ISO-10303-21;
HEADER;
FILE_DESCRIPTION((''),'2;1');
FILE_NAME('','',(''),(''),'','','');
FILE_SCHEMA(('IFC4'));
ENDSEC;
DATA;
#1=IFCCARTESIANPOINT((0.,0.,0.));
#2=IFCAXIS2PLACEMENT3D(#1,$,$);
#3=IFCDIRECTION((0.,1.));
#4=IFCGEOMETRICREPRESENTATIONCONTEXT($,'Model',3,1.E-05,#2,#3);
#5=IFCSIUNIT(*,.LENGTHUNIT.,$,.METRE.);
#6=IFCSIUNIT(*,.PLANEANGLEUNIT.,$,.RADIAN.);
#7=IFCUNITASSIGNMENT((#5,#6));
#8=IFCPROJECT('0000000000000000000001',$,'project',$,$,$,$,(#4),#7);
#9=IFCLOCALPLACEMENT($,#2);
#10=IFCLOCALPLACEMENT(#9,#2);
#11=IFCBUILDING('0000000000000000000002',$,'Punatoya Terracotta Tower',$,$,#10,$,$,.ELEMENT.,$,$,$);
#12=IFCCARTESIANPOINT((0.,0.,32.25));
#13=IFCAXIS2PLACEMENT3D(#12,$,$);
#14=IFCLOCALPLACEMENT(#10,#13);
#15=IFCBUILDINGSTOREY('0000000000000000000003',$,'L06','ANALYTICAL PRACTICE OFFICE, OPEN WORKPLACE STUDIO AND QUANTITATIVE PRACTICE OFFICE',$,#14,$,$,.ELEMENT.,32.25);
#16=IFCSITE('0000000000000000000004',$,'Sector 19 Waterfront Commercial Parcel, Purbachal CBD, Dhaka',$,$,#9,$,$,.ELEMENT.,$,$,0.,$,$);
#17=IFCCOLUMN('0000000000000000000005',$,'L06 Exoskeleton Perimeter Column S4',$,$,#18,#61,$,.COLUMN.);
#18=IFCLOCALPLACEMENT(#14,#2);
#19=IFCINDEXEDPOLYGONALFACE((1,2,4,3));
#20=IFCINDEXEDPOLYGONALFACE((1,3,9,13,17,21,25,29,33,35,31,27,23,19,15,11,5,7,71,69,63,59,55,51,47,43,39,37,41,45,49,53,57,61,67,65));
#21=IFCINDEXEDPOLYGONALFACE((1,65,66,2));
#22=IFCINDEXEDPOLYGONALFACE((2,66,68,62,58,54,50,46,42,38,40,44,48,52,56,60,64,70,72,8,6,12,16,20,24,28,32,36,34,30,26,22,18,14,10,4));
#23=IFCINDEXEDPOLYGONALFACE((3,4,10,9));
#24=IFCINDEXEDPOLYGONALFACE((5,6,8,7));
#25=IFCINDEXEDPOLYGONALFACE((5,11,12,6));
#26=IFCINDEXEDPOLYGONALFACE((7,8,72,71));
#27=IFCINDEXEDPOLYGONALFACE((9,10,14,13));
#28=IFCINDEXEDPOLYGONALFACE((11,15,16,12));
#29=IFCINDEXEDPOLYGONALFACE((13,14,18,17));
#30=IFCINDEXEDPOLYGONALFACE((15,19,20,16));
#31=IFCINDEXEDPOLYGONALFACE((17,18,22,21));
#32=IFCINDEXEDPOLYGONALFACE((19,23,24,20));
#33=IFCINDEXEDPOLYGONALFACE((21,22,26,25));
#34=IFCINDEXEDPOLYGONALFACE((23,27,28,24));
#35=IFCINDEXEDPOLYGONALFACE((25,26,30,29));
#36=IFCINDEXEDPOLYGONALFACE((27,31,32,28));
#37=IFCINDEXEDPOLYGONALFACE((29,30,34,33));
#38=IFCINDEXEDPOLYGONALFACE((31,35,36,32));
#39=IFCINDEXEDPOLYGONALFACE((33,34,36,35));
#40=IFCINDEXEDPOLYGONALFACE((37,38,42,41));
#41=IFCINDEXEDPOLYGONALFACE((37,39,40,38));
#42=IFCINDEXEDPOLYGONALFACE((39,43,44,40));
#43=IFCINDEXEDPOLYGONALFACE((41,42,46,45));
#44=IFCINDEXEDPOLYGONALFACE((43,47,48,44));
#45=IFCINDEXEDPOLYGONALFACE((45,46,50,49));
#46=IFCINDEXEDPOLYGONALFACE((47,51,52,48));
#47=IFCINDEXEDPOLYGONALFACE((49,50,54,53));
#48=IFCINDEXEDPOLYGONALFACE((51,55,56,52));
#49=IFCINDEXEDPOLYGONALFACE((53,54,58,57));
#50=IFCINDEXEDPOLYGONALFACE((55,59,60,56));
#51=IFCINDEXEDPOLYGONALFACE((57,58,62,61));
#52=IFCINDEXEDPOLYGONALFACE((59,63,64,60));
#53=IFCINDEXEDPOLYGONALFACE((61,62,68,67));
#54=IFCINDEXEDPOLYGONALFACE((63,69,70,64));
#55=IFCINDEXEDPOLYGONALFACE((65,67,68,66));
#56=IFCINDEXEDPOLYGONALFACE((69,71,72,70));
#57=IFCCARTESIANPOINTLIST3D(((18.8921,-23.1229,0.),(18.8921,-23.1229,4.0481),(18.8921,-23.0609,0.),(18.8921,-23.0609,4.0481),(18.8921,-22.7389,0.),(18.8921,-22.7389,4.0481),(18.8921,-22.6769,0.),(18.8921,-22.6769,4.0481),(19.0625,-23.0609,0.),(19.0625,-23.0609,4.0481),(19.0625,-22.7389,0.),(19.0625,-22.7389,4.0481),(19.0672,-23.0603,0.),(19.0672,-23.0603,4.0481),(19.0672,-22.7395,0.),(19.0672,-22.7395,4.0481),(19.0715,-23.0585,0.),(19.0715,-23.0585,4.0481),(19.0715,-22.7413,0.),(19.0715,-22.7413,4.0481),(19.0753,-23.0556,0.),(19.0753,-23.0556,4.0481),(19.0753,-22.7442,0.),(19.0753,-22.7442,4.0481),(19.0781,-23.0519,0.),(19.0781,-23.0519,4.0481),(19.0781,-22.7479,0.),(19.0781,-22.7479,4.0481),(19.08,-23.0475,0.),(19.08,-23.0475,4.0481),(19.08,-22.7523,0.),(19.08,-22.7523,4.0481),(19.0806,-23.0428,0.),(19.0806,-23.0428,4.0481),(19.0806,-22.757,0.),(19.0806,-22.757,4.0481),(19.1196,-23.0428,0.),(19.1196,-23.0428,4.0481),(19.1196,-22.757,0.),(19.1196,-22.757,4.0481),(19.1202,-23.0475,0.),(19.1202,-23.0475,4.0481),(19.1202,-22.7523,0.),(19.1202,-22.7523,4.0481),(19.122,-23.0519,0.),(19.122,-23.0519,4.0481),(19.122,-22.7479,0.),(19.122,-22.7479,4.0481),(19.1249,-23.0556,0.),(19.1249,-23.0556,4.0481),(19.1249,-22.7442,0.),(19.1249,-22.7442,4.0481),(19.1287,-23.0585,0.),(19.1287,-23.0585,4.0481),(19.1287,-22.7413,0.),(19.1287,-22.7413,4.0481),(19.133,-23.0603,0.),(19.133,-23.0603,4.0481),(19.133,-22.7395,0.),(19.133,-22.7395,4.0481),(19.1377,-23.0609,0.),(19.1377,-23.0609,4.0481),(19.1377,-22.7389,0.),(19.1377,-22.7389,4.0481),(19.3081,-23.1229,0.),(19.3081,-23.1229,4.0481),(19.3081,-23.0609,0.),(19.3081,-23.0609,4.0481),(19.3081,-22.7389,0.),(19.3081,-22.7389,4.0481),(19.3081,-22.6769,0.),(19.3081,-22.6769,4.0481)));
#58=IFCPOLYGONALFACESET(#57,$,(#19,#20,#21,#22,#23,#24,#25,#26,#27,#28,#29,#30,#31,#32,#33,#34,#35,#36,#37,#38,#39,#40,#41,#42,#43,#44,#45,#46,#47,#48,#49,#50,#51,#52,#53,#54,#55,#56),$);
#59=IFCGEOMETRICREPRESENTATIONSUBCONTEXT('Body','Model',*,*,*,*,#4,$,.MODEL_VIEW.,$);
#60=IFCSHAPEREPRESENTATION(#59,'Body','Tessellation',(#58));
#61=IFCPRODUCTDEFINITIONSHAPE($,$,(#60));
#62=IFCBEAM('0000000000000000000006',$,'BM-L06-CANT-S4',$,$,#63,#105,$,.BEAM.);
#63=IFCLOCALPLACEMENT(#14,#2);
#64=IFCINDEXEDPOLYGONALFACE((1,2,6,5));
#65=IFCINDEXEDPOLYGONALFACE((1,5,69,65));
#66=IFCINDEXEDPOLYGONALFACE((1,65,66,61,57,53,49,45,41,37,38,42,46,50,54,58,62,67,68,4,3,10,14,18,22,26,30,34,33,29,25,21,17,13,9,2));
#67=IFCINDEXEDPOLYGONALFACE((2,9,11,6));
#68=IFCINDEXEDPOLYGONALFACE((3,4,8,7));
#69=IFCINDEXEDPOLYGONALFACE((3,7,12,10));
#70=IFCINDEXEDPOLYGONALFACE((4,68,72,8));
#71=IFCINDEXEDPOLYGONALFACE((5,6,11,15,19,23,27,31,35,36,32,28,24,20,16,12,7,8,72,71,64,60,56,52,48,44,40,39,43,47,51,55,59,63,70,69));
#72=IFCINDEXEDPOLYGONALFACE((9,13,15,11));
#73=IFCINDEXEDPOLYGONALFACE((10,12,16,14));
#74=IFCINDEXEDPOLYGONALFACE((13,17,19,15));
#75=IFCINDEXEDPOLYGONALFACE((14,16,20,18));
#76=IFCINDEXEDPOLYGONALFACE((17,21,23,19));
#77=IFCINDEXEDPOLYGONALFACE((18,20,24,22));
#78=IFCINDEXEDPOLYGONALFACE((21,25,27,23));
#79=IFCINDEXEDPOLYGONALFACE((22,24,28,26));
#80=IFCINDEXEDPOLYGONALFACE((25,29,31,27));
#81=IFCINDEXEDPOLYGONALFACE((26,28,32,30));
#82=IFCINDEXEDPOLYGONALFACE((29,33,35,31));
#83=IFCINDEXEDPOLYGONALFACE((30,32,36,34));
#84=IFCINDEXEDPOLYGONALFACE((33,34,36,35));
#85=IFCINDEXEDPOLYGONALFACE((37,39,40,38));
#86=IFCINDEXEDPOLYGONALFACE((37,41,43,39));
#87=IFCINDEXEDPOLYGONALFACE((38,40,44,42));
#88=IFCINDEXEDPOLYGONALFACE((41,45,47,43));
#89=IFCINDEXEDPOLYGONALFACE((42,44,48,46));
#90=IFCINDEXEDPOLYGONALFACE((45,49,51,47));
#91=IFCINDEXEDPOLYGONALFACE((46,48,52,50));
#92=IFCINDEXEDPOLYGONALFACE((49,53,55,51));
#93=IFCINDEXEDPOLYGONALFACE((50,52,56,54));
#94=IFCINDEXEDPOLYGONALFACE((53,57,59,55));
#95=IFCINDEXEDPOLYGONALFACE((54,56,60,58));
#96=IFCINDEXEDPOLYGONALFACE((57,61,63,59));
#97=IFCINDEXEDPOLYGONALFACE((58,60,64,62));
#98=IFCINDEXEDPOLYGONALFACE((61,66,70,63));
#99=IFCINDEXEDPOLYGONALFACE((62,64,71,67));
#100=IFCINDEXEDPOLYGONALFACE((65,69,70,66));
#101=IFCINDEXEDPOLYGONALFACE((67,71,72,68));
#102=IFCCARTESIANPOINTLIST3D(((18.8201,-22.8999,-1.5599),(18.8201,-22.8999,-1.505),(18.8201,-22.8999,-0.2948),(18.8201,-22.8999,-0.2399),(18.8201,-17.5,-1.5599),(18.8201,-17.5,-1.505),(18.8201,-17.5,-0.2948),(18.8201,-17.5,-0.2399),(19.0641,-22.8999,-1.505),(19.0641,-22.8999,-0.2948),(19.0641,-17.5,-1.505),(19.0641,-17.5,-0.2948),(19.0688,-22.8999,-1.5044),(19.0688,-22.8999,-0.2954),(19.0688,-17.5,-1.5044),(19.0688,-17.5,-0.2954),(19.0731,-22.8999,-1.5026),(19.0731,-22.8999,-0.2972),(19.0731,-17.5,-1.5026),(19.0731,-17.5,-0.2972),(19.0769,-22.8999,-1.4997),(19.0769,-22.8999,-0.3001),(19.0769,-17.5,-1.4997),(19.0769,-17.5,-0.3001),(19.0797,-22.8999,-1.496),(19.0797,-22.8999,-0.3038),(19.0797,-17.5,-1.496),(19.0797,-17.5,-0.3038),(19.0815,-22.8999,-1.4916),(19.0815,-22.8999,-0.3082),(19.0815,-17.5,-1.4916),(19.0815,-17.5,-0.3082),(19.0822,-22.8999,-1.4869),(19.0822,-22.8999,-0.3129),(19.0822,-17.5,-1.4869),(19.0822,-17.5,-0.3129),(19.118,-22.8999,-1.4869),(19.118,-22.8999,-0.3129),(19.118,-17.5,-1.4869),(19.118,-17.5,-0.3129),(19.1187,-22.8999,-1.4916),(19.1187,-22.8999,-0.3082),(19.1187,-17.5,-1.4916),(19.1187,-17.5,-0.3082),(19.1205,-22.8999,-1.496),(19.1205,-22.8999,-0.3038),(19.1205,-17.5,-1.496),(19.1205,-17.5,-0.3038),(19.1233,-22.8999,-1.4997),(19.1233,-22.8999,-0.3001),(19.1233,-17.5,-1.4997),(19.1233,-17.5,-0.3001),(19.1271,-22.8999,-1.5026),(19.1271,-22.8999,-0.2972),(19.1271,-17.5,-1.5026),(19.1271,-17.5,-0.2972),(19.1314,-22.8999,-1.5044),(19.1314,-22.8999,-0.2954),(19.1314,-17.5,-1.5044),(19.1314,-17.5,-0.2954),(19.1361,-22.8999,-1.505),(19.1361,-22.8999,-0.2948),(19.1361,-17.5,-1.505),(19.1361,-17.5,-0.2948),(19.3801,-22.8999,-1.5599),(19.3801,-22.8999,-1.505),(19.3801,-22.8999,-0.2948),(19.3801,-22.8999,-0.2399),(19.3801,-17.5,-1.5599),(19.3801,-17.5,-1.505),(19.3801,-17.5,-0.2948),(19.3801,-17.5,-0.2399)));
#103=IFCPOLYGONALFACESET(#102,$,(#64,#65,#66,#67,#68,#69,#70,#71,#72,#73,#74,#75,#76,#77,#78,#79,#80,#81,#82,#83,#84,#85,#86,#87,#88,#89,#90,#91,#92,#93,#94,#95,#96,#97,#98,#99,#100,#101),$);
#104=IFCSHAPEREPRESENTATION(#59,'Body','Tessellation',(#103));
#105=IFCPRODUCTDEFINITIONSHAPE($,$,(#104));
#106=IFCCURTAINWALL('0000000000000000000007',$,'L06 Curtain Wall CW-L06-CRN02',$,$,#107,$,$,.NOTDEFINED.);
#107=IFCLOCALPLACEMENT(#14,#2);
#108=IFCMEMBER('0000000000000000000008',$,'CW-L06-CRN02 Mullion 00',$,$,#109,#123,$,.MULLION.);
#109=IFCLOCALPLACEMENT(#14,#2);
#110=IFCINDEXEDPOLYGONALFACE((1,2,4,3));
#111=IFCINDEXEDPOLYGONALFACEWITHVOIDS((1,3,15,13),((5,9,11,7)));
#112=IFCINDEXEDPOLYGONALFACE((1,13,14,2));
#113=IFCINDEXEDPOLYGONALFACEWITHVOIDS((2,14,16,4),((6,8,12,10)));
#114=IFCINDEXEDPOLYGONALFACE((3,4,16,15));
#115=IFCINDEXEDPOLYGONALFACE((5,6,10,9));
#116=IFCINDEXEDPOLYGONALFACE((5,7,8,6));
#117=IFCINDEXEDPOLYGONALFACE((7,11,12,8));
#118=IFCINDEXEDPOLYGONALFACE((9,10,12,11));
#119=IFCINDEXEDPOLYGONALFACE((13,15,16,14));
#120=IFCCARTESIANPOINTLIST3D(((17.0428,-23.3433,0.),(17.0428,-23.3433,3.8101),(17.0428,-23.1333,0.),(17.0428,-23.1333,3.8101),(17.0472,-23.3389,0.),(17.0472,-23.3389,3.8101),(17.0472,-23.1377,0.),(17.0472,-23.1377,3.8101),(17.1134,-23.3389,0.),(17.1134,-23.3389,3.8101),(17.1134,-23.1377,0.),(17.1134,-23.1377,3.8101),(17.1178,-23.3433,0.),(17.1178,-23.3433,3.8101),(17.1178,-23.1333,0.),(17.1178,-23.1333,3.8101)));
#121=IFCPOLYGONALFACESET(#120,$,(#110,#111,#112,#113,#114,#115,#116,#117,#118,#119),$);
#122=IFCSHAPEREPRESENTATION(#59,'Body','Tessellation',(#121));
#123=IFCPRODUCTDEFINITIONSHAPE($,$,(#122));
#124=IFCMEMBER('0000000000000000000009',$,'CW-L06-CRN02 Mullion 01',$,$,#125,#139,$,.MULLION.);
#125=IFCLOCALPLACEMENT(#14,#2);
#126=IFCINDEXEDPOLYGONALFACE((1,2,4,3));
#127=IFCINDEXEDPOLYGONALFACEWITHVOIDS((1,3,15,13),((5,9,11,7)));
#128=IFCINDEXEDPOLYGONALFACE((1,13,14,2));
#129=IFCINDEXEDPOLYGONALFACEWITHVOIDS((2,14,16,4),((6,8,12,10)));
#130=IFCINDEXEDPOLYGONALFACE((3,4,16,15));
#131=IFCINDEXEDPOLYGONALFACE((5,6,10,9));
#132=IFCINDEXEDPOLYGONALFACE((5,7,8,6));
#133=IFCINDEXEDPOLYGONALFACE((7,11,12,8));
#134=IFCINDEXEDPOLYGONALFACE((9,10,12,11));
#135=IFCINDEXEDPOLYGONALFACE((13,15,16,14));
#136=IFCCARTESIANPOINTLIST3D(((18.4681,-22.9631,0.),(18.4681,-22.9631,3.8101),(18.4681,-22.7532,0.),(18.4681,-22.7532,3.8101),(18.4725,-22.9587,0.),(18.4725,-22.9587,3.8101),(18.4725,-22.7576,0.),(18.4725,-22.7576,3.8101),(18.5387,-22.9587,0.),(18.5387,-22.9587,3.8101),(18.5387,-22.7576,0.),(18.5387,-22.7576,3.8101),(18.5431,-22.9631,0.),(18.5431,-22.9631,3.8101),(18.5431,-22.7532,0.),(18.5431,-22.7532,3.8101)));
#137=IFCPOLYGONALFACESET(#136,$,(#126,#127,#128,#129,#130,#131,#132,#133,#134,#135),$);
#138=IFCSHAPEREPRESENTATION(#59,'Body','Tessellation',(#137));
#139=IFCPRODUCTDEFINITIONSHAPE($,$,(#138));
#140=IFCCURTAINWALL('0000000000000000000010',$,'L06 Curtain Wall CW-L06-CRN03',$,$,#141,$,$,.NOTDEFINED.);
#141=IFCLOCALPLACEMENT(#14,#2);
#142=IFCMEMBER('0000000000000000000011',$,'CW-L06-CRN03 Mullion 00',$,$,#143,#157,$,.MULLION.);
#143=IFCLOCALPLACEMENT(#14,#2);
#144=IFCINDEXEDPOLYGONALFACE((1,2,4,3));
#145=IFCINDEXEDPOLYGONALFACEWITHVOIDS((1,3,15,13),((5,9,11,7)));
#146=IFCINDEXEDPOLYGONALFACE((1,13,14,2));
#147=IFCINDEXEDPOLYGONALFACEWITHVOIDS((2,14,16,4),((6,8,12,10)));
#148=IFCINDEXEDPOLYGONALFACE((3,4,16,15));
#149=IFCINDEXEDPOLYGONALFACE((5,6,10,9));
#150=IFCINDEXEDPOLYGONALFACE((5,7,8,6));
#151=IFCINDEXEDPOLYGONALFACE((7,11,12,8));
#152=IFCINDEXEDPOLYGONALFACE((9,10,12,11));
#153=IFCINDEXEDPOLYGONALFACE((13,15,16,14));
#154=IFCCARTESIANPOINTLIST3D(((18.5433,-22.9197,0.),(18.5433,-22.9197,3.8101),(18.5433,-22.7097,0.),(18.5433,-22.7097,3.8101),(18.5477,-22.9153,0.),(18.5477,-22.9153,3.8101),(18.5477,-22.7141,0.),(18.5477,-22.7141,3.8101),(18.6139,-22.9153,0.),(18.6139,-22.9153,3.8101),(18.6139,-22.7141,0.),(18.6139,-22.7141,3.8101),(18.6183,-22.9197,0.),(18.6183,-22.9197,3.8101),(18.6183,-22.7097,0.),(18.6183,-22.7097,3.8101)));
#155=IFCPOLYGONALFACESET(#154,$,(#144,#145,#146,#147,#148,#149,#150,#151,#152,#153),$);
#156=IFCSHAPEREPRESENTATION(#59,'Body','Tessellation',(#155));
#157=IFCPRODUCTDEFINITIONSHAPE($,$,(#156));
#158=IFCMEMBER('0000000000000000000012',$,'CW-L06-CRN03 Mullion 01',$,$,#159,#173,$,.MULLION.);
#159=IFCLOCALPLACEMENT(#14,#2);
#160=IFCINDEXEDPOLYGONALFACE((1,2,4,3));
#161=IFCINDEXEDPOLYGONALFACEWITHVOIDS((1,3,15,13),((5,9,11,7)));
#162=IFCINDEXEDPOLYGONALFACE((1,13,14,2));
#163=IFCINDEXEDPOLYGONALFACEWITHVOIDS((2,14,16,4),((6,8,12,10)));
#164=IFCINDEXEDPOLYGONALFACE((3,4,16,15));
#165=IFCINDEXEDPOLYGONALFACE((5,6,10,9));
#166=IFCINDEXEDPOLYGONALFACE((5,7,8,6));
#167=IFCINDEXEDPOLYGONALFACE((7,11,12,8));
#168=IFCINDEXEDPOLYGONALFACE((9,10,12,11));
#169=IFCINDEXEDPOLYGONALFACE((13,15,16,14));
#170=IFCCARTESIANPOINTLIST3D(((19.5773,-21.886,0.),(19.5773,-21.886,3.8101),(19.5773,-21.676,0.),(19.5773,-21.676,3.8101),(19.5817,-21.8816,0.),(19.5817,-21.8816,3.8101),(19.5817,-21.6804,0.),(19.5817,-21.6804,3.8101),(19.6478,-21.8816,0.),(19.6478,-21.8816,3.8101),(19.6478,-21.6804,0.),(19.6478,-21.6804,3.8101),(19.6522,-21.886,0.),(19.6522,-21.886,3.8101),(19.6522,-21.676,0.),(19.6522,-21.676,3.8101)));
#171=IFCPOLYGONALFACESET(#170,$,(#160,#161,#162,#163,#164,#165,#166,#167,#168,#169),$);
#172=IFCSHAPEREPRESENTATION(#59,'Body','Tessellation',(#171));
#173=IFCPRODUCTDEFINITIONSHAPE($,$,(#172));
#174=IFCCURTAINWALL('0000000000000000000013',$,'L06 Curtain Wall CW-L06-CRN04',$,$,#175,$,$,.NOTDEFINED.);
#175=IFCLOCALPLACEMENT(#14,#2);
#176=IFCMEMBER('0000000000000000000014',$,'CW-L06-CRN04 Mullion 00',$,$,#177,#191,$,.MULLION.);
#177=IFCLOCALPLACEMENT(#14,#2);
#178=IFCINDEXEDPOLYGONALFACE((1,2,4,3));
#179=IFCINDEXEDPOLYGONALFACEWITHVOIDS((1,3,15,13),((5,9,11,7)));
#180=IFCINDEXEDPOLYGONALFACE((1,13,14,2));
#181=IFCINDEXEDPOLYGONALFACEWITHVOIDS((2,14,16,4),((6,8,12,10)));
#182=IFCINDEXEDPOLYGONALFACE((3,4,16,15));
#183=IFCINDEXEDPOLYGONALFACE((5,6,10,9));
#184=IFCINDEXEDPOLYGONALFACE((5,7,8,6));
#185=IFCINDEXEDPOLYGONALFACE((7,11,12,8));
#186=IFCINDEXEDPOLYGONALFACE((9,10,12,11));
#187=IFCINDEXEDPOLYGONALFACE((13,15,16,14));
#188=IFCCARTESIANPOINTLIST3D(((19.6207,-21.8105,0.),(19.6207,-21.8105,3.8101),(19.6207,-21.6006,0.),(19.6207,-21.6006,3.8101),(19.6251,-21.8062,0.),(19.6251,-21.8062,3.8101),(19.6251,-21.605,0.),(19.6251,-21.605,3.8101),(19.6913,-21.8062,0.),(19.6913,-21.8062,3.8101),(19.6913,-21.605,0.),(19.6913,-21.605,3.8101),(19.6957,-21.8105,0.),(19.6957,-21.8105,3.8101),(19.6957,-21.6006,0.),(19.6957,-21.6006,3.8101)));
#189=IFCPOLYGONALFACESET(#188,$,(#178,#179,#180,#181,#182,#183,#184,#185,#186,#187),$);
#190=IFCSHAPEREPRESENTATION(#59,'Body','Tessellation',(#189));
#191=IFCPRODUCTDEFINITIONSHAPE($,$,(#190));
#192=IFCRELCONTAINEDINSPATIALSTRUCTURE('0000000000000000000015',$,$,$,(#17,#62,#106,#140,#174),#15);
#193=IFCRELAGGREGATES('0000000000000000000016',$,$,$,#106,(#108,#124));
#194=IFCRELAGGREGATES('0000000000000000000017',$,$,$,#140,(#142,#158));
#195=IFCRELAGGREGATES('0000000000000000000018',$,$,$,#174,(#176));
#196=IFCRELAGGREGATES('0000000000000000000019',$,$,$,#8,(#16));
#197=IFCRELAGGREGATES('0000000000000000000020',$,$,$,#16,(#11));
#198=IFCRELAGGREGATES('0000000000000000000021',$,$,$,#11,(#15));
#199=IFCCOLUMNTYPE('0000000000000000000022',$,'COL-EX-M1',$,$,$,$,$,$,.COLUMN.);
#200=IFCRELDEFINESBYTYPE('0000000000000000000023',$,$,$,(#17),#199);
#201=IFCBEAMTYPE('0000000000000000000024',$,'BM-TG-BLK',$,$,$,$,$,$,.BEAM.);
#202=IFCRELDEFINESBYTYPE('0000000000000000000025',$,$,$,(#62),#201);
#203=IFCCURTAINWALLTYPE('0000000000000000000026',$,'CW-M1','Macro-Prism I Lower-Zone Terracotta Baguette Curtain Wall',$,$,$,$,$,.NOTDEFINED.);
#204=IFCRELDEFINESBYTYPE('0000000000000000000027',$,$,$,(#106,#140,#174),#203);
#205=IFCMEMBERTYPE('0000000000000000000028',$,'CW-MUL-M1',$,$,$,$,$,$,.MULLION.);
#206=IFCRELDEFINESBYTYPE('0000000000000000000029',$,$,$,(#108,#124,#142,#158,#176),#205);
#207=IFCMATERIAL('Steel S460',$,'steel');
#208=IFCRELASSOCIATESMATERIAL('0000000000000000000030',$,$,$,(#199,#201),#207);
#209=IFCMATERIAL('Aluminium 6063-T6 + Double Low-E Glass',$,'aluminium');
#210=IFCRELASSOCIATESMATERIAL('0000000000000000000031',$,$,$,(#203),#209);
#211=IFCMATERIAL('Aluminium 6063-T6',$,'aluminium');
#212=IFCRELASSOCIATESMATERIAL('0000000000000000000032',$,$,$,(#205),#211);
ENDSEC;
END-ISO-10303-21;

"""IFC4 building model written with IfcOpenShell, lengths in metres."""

from ifc_helpers import new_model, si_unit, direction, frame, origin, origin_2d, place, context, subcontext, project, spatial, hollow_rectangle, i_section, extrude, material, material_profile, profile_set, type_object, element, aggregate, save


model = new_model("IFC4")

# Units and contexts
model_context = context("Model", 3, precision=1e-05, world=origin(), true_north=direction((0.0, 1.0)))
body_context = subcontext(model_context, "Body", "Model", "MODEL_VIEW")
ifc_project = project(units=[si_unit("LENGTHUNIT", "METRE"), si_unit("PLANEANGLEUNIT", "RADIAN")], contexts=[model_context])

# Site, building, storey
site_placement = place(None, origin())
site = spatial("IfcSite", under=ifc_project, at=site_placement, Name="Sector 19 Waterfront Commercial Parcel, Purbachal CBD, Dhaka", CompositionType="ELEMENT", RefElevation=0.0)
building_placement = place(site_placement, origin())
building = spatial("IfcBuilding", under=site, at=building_placement, Name="Punatoya Terracotta Tower", CompositionType="ELEMENT")
storey_placement = place(building_placement, frame((0.0, 0.0, 32.25)))
storey = spatial("IfcBuildingStorey", under=building, at=storey_placement, Name="L06", Description="ANALYTICAL PRACTICE OFFICE, OPEN WORKPLACE STUDIO AND QUANTITATIVE PRACTICE OFFICE", CompositionType="ELEMENT", Elevation=32.25)

# Column
ifc_material_1 = material(Name="Steel S460", Category="steel")
ifc_material_profile_1 = material_profile(ifc_material_1, i_section(OverallWidth=0.416, OverallDepth=0.446, WebThickness=0.0391, FlangeThickness=0.062, FilletRadius=0.0181, at=origin_2d()))
ifc_profile_set_1 = profile_set([ifc_material_profile_1], Name="Steel S460")
column_type = type_object("IfcColumnType", Name="COL-EX-M1", PredefinedType="COLUMN", material=ifc_profile_set_1)
column_placement = place(storey_placement, frame((19.1001, -22.8999, 0.0), z_axis=(0.0, 0.0, 1.0), x_axis=(1.0, 0.0, 0.0)))
element("IfcColumn", 1, at=column_placement, inside=storey, type_object=column_type, Name="L06 Exoskeleton Perimeter Column S4", PredefinedType="COLUMN", context=body_context, shape_type="SweptSolid", body=[
    extrude(i_section(OverallWidth=0.416, OverallDepth=0.446, WebThickness=0.0391, FlangeThickness=0.062, FilletRadius=0.0181, at=origin_2d()), origin(), (0.0, 0.0, 1.0), 4.0481),
])

# Beam
ifc_material_profile_2 = material_profile(ifc_material_1, i_section(OverallWidth=0.5601, OverallDepth=1.3201, WebThickness=0.0359, FlangeThickness=0.0549, FilletRadius=0.0181, at=origin_2d()))
ifc_profile_set_2 = profile_set([ifc_material_profile_2], Name="Steel S460")
beam_type = type_object("IfcBeamType", Name="BM-TG-BLK", PredefinedType="BEAM", material=ifc_profile_set_2)
beam_placement = place(storey_placement, frame((19.1001, -22.8999, -0.8999), z_axis=(0.0, 1.0, 0.0), x_axis=(-1.0, 0.0, 0.0)))
element("IfcBeam", 2, at=beam_placement, inside=storey, type_object=beam_type, Name="BM-L06-CANT-S4", PredefinedType="BEAM", context=body_context, shape_type="SweptSolid", body=[
    extrude(i_section(OverallWidth=0.5601, OverallDepth=1.3201, WebThickness=0.0359, FlangeThickness=0.0549, FilletRadius=0.0181, at=origin_2d()), origin(), (0.0, 0.0, 1.0), 5.3999),
])

# Curtain walls, members
ifc_material_2 = material(Name="Aluminium 6063-T6 + Double Low-E Glass", Category="aluminium")
curtain_wall_type = type_object("IfcCurtainWallType", Name="CW-M1", Description="Macro-Prism I Lower-Zone Terracotta Baguette Curtain Wall", PredefinedType="NOTDEFINED", material=ifc_material_2)
curtain_wall_1_placement = place(storey_placement, origin())
curtain_wall_1 = element("IfcCurtainWall", 3, at=curtain_wall_1_placement, inside=storey, type_object=curtain_wall_type, Name="L06 Curtain Wall CW-L06-CRN02", PredefinedType="NOTDEFINED")
ifc_material_3 = material(Name="Aluminium 6063-T6", Category="aluminium")
ifc_material_profile_3 = material_profile(ifc_material_3, hollow_rectangle(XDim=0.075, YDim=0.21, WallThickness=0.0044, at=origin_2d()))
ifc_profile_set_3 = profile_set([ifc_material_profile_3], Name="Aluminium 6063-T6")
member_type_1 = type_object("IfcMemberType", Name="CW-MUL-M1", PredefinedType="MULLION", material=ifc_profile_set_3)
member_1_placement = place(storey_placement, frame((17.0803, -23.2383, 0.0), z_axis=(0.0, 0.0, 1.0), x_axis=(1.0, 0.0, 0.0)))
member_1 = element("IfcMember", 4, at=member_1_placement, type_object=member_type_1, Name="CW-L06-CRN02 Mullion 00", PredefinedType="MULLION", context=body_context, shape_type="SweptSolid", body=[
    extrude(hollow_rectangle(XDim=0.075, YDim=0.21, WallThickness=0.0044, at=origin_2d()), origin(), (0.0, 0.0, 1.0), 3.8101),
])
member_2_placement = place(storey_placement, frame((18.5056, -22.8582, 0.0), z_axis=(0.0, 0.0, 1.0), x_axis=(1.0, 0.0, 0.0)))
member_2 = element("IfcMember", 5, at=member_2_placement, type_object=member_type_1, Name="CW-L06-CRN02 Mullion 01", PredefinedType="MULLION", context=body_context, shape_type="SweptSolid", body=[
    extrude(hollow_rectangle(XDim=0.075, YDim=0.21, WallThickness=0.0044, at=origin_2d()), origin(), (0.0, 0.0, 1.0), 3.8101),
])
curtain_wall_2_placement = place(storey_placement, origin())
curtain_wall_2 = element("IfcCurtainWall", 6, at=curtain_wall_2_placement, inside=storey, type_object=curtain_wall_type, Name="L06 Curtain Wall CW-L06-CRN03", PredefinedType="NOTDEFINED")
member_3_placement = place(storey_placement, frame((18.5808, -22.8147, 0.0), z_axis=(0.0, 0.0, 1.0), x_axis=(1.0, 0.0, 0.0)))
member_3 = element("IfcMember", 7, at=member_3_placement, type_object=member_type_1, Name="CW-L06-CRN03 Mullion 00", PredefinedType="MULLION", context=body_context, shape_type="SweptSolid", body=[
    extrude(hollow_rectangle(XDim=0.075, YDim=0.21, WallThickness=0.0044, at=origin_2d()), origin(), (0.0, 0.0, 1.0), 3.8101),
])
member_4_placement = place(storey_placement, frame((19.6147, -21.781, 0.0), z_axis=(0.0, 0.0, 1.0), x_axis=(1.0, 0.0, 0.0)))
member_4 = element("IfcMember", 8, at=member_4_placement, type_object=member_type_1, Name="CW-L06-CRN03 Mullion 01", PredefinedType="MULLION", context=body_context, shape_type="SweptSolid", body=[
    extrude(hollow_rectangle(XDim=0.075, YDim=0.21, WallThickness=0.0044, at=origin_2d()), origin(), (0.0, 0.0, 1.0), 3.8101),
])
curtain_wall_3_placement = place(storey_placement, origin())
curtain_wall_3 = element("IfcCurtainWall", 9, at=curtain_wall_3_placement, inside=storey, type_object=curtain_wall_type, Name="L06 Curtain Wall CW-L06-CRN04", PredefinedType="NOTDEFINED")
member_5_placement = place(storey_placement, frame((19.6582, -21.7056, 0.0), z_axis=(0.0, 0.0, 1.0), x_axis=(1.0, 0.0, 0.0)))
member_5 = element("IfcMember", 10, at=member_5_placement, type_object=member_type_1, Name="CW-L06-CRN04 Mullion 00", PredefinedType="MULLION", context=body_context, shape_type="SweptSolid", body=[
    extrude(hollow_rectangle(XDim=0.075, YDim=0.21, WallThickness=0.0044, at=origin_2d()), origin(), (0.0, 0.0, 1.0), 3.8101),
])

aggregate(curtain_wall_1, [member_1, member_2])
aggregate(curtain_wall_2, [member_3, member_4])
aggregate(curtain_wall_3, [member_5])

save(model, "model.ifc")
